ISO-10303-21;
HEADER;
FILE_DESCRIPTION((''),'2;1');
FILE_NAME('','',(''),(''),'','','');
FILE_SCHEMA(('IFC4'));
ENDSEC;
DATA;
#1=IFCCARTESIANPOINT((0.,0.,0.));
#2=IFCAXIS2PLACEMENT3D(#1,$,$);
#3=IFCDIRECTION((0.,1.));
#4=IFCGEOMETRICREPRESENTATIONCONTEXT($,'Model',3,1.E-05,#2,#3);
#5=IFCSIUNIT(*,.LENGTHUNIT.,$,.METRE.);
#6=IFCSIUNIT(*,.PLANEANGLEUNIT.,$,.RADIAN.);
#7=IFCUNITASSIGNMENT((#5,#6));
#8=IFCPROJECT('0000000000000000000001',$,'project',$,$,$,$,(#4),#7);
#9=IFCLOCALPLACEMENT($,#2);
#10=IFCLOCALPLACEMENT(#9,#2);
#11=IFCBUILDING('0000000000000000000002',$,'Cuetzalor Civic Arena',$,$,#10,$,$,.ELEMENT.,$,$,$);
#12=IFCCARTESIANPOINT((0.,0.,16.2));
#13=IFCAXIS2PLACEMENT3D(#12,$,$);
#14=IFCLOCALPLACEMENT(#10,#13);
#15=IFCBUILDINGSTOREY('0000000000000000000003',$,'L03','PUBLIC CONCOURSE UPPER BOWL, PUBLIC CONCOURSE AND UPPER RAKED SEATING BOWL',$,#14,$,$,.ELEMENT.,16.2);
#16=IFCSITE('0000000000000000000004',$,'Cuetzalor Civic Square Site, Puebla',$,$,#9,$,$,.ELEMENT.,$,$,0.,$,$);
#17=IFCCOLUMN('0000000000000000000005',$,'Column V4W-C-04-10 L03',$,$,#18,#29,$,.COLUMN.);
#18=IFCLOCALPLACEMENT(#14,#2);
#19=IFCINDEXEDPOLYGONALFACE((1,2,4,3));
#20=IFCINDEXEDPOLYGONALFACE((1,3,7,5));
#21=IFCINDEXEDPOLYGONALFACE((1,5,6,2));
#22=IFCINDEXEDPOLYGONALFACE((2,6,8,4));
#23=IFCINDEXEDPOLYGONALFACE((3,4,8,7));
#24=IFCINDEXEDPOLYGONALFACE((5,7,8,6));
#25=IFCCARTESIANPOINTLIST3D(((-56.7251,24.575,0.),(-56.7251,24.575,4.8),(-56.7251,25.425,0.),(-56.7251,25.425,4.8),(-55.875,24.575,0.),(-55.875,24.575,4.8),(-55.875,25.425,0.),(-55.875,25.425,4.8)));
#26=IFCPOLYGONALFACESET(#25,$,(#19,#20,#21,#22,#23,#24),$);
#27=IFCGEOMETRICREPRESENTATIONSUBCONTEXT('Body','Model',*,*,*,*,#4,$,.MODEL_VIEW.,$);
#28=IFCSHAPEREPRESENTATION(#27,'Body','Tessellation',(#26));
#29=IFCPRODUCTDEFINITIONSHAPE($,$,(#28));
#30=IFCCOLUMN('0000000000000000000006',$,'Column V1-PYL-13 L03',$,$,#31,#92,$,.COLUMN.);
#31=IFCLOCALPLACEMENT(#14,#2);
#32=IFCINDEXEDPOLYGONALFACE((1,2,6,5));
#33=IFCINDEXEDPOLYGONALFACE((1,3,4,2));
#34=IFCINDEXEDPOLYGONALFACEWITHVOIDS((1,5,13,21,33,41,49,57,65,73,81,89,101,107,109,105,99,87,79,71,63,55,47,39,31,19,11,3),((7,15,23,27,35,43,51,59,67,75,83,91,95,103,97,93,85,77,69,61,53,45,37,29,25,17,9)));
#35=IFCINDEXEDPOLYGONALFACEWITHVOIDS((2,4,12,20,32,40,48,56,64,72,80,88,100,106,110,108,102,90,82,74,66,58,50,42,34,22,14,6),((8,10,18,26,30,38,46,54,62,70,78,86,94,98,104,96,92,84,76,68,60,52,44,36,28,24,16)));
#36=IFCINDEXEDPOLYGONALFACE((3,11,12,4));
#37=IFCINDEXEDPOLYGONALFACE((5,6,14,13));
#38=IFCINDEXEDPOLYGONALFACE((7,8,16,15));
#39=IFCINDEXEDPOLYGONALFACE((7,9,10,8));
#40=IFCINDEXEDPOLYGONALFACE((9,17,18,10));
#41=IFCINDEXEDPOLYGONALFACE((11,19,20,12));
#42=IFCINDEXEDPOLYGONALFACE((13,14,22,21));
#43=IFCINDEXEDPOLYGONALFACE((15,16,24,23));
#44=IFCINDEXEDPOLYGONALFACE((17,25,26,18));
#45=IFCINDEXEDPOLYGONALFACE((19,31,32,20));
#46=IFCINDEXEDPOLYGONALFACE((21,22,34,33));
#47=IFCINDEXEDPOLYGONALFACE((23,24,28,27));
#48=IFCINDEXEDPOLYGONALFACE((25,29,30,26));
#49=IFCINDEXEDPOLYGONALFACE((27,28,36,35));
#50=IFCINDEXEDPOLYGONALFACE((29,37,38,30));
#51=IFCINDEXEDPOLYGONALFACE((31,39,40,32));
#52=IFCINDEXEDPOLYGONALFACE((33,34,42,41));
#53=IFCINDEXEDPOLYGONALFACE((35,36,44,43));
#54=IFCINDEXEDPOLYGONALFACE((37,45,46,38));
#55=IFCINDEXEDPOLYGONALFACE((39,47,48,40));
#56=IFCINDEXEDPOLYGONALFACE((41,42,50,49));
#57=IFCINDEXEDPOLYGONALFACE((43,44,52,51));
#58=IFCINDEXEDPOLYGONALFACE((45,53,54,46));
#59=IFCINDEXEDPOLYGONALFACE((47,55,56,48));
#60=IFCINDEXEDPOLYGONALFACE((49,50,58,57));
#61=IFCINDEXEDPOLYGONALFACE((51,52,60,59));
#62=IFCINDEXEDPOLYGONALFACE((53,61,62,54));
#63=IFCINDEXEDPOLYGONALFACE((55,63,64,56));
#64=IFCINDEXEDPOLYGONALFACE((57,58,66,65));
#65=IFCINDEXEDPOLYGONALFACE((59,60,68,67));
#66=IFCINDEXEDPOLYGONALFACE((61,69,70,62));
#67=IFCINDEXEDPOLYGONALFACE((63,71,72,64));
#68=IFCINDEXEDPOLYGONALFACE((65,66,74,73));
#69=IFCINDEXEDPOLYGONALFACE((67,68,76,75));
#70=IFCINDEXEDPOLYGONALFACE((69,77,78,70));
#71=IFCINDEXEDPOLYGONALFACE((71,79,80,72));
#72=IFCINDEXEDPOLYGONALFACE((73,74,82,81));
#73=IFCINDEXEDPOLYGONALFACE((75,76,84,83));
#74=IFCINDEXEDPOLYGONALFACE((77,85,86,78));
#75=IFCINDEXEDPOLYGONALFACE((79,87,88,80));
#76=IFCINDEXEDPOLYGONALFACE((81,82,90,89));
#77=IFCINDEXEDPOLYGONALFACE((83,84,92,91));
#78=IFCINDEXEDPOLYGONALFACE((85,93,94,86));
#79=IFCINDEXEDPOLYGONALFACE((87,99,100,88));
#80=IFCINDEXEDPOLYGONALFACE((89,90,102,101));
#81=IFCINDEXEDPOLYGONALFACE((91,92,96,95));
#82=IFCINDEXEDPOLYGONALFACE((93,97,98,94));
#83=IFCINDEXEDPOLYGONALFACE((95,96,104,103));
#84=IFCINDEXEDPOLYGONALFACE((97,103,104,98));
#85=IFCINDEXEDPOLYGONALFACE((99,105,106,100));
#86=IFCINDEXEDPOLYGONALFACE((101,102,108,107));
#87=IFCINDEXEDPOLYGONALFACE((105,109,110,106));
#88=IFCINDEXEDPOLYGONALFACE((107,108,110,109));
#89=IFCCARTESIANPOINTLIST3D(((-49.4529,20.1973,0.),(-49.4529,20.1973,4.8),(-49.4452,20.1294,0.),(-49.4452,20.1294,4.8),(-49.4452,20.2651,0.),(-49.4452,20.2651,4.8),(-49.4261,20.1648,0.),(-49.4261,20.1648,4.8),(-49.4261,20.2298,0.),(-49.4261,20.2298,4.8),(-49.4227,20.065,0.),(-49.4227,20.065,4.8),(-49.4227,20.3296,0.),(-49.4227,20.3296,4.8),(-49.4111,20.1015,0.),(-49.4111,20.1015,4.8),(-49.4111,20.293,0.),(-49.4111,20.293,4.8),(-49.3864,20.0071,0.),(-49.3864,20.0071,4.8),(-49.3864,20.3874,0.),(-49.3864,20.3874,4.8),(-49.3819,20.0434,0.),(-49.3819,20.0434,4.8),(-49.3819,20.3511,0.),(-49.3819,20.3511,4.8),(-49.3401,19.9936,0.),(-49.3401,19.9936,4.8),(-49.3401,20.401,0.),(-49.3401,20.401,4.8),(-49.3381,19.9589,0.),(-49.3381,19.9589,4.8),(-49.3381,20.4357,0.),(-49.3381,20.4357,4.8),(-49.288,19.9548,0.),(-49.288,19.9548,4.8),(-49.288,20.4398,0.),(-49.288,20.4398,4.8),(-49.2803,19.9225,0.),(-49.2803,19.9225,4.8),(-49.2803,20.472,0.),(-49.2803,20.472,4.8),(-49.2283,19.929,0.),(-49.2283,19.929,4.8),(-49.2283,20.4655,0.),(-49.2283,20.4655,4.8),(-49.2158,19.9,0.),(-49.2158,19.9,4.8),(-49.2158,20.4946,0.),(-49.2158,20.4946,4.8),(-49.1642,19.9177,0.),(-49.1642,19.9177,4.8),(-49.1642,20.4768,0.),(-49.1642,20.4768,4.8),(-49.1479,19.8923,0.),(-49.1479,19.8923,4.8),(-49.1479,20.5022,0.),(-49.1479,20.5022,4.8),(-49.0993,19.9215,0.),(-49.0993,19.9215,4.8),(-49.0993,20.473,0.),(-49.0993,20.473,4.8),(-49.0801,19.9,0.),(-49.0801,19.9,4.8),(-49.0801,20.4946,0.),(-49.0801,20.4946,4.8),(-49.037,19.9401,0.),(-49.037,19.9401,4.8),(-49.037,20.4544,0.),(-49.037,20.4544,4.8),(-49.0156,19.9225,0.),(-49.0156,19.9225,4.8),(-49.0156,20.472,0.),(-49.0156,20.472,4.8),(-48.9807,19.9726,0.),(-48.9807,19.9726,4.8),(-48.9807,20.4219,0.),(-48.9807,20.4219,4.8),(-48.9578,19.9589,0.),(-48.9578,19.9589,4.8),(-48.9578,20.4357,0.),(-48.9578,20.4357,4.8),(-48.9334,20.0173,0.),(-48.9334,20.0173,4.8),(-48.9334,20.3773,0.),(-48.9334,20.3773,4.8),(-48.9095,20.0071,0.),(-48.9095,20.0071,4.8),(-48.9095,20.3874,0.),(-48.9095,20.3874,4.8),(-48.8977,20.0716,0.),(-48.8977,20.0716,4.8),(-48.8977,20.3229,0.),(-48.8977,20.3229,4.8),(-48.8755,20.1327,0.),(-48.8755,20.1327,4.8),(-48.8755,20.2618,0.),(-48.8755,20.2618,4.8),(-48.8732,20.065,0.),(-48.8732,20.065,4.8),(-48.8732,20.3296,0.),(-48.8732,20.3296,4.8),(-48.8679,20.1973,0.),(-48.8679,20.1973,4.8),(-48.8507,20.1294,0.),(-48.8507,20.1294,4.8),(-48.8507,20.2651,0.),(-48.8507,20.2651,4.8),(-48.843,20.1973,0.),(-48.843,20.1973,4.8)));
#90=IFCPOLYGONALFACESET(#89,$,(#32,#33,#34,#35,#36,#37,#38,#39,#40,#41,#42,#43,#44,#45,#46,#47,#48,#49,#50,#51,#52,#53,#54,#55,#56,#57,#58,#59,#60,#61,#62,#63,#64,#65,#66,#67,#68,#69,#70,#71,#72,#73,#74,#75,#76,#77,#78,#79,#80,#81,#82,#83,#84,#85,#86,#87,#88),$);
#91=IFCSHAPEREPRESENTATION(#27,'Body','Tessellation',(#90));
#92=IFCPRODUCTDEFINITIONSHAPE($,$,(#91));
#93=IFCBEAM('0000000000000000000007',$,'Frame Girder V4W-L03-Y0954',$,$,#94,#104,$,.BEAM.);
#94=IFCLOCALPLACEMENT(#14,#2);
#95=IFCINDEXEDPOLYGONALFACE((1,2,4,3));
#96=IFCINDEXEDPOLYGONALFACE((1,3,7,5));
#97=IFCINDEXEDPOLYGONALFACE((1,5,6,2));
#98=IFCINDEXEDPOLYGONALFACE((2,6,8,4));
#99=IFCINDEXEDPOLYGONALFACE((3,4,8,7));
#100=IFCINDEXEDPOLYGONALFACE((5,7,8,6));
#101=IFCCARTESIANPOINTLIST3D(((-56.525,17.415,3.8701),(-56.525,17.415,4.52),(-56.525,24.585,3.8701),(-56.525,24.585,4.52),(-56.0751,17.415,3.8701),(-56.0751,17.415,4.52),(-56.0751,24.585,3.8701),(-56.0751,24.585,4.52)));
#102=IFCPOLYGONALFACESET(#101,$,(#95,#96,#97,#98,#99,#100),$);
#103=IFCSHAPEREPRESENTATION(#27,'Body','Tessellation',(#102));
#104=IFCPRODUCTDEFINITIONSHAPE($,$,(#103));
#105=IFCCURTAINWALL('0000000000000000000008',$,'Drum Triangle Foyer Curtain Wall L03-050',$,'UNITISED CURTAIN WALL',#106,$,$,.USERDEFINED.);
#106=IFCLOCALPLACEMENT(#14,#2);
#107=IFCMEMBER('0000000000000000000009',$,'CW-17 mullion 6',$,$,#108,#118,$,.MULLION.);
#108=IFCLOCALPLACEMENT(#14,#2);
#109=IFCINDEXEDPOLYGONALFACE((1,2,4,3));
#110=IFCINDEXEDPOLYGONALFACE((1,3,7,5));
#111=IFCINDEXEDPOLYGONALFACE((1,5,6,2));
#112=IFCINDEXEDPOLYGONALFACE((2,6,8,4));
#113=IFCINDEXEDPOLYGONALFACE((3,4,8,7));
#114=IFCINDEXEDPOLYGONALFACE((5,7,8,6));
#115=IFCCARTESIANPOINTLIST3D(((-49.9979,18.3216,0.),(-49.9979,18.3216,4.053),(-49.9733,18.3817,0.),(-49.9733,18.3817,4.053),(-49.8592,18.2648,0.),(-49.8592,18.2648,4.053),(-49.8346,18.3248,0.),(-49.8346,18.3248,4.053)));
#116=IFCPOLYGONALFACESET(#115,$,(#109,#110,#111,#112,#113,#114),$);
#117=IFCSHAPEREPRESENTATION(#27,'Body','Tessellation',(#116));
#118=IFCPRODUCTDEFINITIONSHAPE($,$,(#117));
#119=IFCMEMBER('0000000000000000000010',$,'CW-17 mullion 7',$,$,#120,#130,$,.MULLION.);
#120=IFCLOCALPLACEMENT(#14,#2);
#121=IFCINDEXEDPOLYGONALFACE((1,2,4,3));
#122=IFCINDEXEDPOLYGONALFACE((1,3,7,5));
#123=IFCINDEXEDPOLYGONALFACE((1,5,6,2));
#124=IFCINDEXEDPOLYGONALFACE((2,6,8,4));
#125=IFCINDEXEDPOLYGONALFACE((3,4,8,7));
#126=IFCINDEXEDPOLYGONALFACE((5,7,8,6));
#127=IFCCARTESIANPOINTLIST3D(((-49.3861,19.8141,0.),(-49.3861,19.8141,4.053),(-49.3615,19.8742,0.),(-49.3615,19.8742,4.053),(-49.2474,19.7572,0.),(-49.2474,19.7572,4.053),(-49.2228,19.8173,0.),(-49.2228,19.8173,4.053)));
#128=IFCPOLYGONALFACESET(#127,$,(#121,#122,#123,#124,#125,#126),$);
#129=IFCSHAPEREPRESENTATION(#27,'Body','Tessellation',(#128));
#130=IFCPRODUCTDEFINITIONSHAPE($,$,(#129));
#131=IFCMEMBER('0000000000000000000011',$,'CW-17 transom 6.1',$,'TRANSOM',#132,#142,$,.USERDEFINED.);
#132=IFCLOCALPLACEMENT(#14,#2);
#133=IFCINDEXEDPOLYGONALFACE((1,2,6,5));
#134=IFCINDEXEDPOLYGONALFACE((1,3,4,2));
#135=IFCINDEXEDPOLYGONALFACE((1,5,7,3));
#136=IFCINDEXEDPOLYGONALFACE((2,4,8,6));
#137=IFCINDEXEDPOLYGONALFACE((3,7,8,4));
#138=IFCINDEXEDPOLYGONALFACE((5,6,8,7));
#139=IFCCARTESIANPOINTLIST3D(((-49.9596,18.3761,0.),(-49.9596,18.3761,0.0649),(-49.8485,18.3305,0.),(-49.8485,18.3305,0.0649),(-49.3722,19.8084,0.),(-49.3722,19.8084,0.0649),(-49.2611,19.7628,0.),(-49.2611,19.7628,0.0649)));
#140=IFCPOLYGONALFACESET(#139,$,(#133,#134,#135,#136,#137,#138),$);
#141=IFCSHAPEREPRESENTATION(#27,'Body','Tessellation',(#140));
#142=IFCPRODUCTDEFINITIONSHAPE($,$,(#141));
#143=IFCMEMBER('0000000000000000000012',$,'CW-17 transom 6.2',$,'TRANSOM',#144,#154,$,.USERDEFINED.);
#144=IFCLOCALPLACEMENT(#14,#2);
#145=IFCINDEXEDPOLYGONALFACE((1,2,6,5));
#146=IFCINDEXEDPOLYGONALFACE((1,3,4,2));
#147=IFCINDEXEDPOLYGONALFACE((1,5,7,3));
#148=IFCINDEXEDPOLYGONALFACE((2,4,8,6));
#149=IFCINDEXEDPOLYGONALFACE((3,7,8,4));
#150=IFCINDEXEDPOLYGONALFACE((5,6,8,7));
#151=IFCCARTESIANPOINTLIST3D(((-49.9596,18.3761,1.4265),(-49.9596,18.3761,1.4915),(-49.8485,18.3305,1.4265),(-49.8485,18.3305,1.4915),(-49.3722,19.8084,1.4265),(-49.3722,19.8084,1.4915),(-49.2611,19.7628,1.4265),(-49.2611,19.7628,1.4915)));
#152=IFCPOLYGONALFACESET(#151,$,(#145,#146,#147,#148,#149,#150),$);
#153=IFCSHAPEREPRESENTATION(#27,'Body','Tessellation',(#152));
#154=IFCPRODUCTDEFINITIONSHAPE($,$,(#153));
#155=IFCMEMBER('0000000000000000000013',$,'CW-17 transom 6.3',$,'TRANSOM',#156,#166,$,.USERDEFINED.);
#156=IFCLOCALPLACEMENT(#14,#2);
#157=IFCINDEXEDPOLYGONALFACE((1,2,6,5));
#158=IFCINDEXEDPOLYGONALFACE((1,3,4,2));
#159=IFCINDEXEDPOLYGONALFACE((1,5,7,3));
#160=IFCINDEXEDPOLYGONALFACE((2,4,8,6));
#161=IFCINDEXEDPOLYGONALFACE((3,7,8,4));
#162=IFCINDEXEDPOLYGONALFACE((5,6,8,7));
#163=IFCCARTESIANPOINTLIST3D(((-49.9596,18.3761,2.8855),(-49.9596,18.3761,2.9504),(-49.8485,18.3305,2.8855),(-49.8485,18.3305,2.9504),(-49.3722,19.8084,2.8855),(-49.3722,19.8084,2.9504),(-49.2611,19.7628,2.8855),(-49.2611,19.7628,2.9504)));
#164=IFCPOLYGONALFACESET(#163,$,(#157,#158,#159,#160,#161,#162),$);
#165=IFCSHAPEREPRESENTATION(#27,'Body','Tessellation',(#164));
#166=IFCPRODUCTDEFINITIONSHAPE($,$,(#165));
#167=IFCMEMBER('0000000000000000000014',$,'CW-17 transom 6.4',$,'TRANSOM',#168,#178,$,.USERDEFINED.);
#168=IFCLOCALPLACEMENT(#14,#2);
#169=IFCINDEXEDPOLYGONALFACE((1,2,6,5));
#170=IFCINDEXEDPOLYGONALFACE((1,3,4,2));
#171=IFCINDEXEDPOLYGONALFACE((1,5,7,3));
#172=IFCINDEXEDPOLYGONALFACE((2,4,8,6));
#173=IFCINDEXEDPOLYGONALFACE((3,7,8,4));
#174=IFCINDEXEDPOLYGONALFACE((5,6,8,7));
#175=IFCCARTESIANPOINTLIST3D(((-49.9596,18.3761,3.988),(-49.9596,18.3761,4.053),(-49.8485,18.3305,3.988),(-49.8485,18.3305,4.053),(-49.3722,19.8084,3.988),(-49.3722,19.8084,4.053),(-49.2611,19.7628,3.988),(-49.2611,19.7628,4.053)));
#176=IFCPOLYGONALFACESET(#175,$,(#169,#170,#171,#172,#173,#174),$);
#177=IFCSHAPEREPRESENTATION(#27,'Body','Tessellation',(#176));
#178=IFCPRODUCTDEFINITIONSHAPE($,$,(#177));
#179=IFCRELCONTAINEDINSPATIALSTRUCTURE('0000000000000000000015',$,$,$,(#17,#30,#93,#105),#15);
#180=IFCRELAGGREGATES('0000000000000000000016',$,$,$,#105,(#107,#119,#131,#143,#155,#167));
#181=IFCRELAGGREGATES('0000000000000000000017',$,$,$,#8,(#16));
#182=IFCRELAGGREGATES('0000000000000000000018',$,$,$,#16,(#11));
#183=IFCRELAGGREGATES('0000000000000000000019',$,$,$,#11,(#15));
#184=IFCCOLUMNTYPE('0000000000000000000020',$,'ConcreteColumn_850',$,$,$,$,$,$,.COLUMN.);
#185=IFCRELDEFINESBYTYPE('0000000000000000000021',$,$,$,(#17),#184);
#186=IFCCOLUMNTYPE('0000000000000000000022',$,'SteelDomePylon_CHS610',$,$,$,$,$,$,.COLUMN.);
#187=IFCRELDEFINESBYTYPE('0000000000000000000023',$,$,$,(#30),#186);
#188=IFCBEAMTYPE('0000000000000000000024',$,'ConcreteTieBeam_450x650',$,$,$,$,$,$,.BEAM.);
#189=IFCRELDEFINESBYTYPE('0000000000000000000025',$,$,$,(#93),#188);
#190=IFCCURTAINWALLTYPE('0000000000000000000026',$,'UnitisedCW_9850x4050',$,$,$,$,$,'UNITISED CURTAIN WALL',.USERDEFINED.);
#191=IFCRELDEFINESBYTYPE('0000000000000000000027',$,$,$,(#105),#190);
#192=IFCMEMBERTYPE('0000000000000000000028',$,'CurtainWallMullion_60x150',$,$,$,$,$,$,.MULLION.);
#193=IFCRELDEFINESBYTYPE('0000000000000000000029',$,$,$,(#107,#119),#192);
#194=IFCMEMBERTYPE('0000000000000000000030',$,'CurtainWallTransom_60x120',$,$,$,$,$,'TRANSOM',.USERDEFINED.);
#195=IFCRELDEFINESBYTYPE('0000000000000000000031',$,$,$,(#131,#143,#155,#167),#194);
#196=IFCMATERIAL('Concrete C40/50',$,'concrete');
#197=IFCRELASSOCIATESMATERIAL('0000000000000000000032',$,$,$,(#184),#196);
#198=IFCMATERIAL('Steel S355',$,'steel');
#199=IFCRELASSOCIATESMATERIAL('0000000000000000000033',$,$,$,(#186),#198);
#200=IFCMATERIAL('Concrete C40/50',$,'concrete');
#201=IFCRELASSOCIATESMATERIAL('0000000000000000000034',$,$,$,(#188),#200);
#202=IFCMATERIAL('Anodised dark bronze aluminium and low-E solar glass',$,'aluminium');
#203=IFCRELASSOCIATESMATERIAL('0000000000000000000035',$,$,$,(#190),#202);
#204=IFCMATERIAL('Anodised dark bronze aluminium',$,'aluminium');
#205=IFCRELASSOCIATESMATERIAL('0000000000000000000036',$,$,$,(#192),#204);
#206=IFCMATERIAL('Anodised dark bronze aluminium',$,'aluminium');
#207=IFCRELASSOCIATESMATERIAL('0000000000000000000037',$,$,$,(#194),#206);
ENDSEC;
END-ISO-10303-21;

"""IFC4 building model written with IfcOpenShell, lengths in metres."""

from ifc_helpers import new_model, si_unit, direction, frame, origin, origin_2d, place, context, subcontext, project, spatial, rectangle, hollow_circle, extrude, material, material_profile, profile_set, type_object, element, aggregate, save


model = new_model("IFC4")

# Units and contexts
model_context = context("Model", 3, precision=1e-05, world=origin(), true_north=direction((0.0, 1.0)))
body_context = subcontext(model_context, "Body", "Model", "MODEL_VIEW")
ifc_project = project(units=[si_unit("LENGTHUNIT", "METRE"), si_unit("PLANEANGLEUNIT", "RADIAN")], contexts=[model_context])

# Site, building, storey
site_placement = place(None, origin())
site = spatial("IfcSite", under=ifc_project, at=site_placement, Name="Cuetzalor Civic Square Site, Puebla", CompositionType="ELEMENT", RefElevation=0.0)
building_placement = place(site_placement, origin())
building = spatial("IfcBuilding", under=site, at=building_placement, Name="Cuetzalor Civic Arena", CompositionType="ELEMENT")
storey_placement = place(building_placement, frame((0.0, 0.0, 16.2)))
storey = spatial("IfcBuildingStorey", under=building, at=storey_placement, Name="L03", Description="PUBLIC CONCOURSE UPPER BOWL, PUBLIC CONCOURSE AND UPPER RAKED SEATING BOWL", CompositionType="ELEMENT", Elevation=16.2)

# Columns
ifc_material_1 = material(Name="Concrete C40/50", Category="concrete")
ifc_material_profile_1 = material_profile(ifc_material_1, rectangle(XDim=0.8501, YDim=0.8501, at=origin_2d()), Name="RC 850x850")
ifc_profile_set_1 = profile_set([ifc_material_profile_1], Name="Concrete C40/50")
column_type_1 = type_object("IfcColumnType", Name="ConcreteColumn_850", PredefinedType="COLUMN", material=ifc_profile_set_1)
column_1_placement = place(storey_placement, frame((-56.3, 25.0, 0.0), z_axis=(0.0, 0.0, 1.0), x_axis=(1.0, 0.0, 0.0)))
element("IfcColumn", 1, at=column_1_placement, inside=storey, type_object=column_type_1, Name="Column V4W-C-04-10 L03", PredefinedType="COLUMN", context=body_context, shape_type="SweptSolid", body=[
    extrude(rectangle(XDim=0.8501, YDim=0.8501, at=origin_2d()), origin(), (0.0, 0.0, 1.0), 4.8),
])
ifc_material_2 = material(Name="Steel S355", Category="steel")
ifc_material_profile_2 = material_profile(ifc_material_2, hollow_circle(Radius=0.3049, WallThickness=0.0249, at=origin_2d()), Name="CHS 610x25")
ifc_profile_set_2 = profile_set([ifc_material_profile_2], Name="Steel S355")
column_type_2 = type_object("IfcColumnType", Name="SteelDomePylon_CHS610", PredefinedType="COLUMN", material=ifc_profile_set_2)
column_2_placement = place(storey_placement, frame((-49.1479, 20.1973, 0.0), z_axis=(0.0, 0.0, 1.0), x_axis=(1.0, 0.0, 0.0)))
element("IfcColumn", 2, at=column_2_placement, inside=storey, type_object=column_type_2, Name="Column V1-PYL-13 L03", PredefinedType="COLUMN", context=body_context, shape_type="SweptSolid", body=[
    extrude(hollow_circle(Radius=0.3049, WallThickness=0.0249, at=origin_2d()), origin(), (0.0, 0.0, 1.0), 4.8),
])

# Beam
ifc_material_3 = material(Name="Concrete C40/50", Category="concrete")
ifc_material_profile_3 = material_profile(ifc_material_3, rectangle(XDim=0.45, YDim=0.6499, at=origin_2d()), Name="RC 450x650")
ifc_profile_set_3 = profile_set([ifc_material_profile_3], Name="Concrete C40/50")
beam_type_1 = type_object("IfcBeamType", Name="ConcreteTieBeam_450x650", PredefinedType="BEAM", material=ifc_profile_set_3)
beam_1_placement = place(storey_placement, frame((-56.3, 17.415, 4.1951), z_axis=(0.0, 1.0, 0.0), x_axis=(-1.0, 0.0, 0.0)))
element("IfcBeam", 3, at=beam_1_placement, inside=storey, type_object=beam_type_1, Name="Frame Girder V4W-L03-Y0954", PredefinedType="BEAM", context=body_context, shape_type="SweptSolid", body=[
    extrude(rectangle(XDim=0.45, YDim=0.6499, at=origin_2d()), origin(), (0.0, 0.0, 1.0), 7.1699),
])

# Curtain wall, members
ifc_material_4 = material(Name="Anodised dark bronze aluminium and low-E solar glass", Category="aluminium")
curtain_wall_type = type_object("IfcCurtainWallType", Name="UnitisedCW_9850x4050", ElementType="UNITISED CURTAIN WALL", PredefinedType="USERDEFINED", material=ifc_material_4)
curtain_wall_placement = place(storey_placement, origin())
curtain_wall = element("IfcCurtainWall", 4, at=curtain_wall_placement, inside=storey, type_object=curtain_wall_type, Name="Drum Triangle Foyer Curtain Wall L03-050", ObjectType="UNITISED CURTAIN WALL", PredefinedType="USERDEFINED")
ifc_material_5 = material(Name="Anodised dark bronze aluminium", Category="aluminium")
ifc_material_profile_4 = material_profile(ifc_material_5, rectangle(XDim=0.0649, YDim=0.1499, at=origin_2d()), Name="ALU MULLION 65x150")
ifc_profile_set_4 = profile_set([ifc_material_profile_4], Name="Anodised dark bronze aluminium")
member_type_1 = type_object("IfcMemberType", Name="CurtainWallMullion_60x150", PredefinedType="MULLION", material=ifc_profile_set_4)
member_1_placement = place(storey_placement, frame((-49.9163, 18.3232, 0.0), z_axis=(0.0, 0.0, 1.0), x_axis=(0.379391, 0.925236, 0.0)))
member_1 = element("IfcMember", 5, at=member_1_placement, type_object=member_type_1, Name="CW-17 mullion 6", PredefinedType="MULLION", context=body_context, shape_type="SweptSolid", body=[
    extrude(rectangle(XDim=0.0649, YDim=0.1499, at=origin_2d()), origin(), (0.0, 0.0, 1.0), 4.053),
])
member_2_placement = place(storey_placement, frame((-49.3044, 19.8157, 0.0), z_axis=(0.0, 0.0, 1.0), x_axis=(0.379391, 0.925236, 0.0)))
member_2 = element("IfcMember", 6, at=member_2_placement, type_object=member_type_1, Name="CW-17 mullion 7", PredefinedType="MULLION", context=body_context, shape_type="SweptSolid", body=[
    extrude(rectangle(XDim=0.0649, YDim=0.1499, at=origin_2d()), origin(), (0.0, 0.0, 1.0), 4.053),
])
ifc_material_6 = material(Name="Anodised dark bronze aluminium", Category="aluminium")
ifc_material_profile_5 = material_profile(ifc_material_6, rectangle(XDim=0.1201, YDim=0.0649, at=origin_2d()), Name="ALU TRANSOM 65x120")
ifc_profile_set_5 = profile_set([ifc_material_profile_5], Name="Anodised dark bronze aluminium")
member_type_2 = type_object("IfcMemberType", Name="CurtainWallTransom_60x120", ElementType="TRANSOM", PredefinedType="USERDEFINED", material=ifc_profile_set_5)
member_3_placement = place(storey_placement, frame((-49.9041, 18.3533, 0.0325), z_axis=(0.379425, 0.925223, 0.0), x_axis=(-0.925223, 0.379425, 0.0)))
member_3 = element("IfcMember", 7, at=member_3_placement, type_object=member_type_2, Name="CW-17 transom 6.1", ObjectType="TRANSOM", PredefinedType="USERDEFINED", context=body_context, shape_type="SweptSolid", body=[
    extrude(rectangle(XDim=0.1201, YDim=0.0649, at=origin_2d()), origin(), (0.0, 0.0, 1.0), 1.5481),
])
member_4_placement = place(storey_placement, frame((-49.9041, 18.3533, 1.459), z_axis=(0.379425, 0.925223, 0.0), x_axis=(-0.925223, 0.379425, 0.0)))
member_4 = element("IfcMember", 8, at=member_4_placement, type_object=member_type_2, Name="CW-17 transom 6.2", ObjectType="TRANSOM", PredefinedType="USERDEFINED", context=body_context, shape_type="SweptSolid", body=[
    extrude(rectangle(XDim=0.1201, YDim=0.0649, at=origin_2d()), origin(), (0.0, 0.0, 1.0), 1.5481),
])
member_5_placement = place(storey_placement, frame((-49.9041, 18.3533, 2.918), z_axis=(0.379425, 0.925223, 0.0), x_axis=(-0.925223, 0.379425, 0.0)))
member_5 = element("IfcMember", 9, at=member_5_placement, type_object=member_type_2, Name="CW-17 transom 6.3", ObjectType="TRANSOM", PredefinedType="USERDEFINED", context=body_context, shape_type="SweptSolid", body=[
    extrude(rectangle(XDim=0.1201, YDim=0.0649, at=origin_2d()), origin(), (0.0, 0.0, 1.0), 1.5481),
])
member_6_placement = place(storey_placement, frame((-49.9041, 18.3533, 4.0205), z_axis=(0.379425, 0.925223, 0.0), x_axis=(-0.925223, 0.379425, 0.0)))
member_6 = element("IfcMember", 10, at=member_6_placement, type_object=member_type_2, Name="CW-17 transom 6.4", ObjectType="TRANSOM", PredefinedType="USERDEFINED", context=body_context, shape_type="SweptSolid", body=[
    extrude(rectangle(XDim=0.1201, YDim=0.0649, at=origin_2d()), origin(), (0.0, 0.0, 1.0), 1.5481),
])

aggregate(curtain_wall, [member_1, member_2, member_3, member_4, member_5, member_6])

save(model, "model.ifc")
